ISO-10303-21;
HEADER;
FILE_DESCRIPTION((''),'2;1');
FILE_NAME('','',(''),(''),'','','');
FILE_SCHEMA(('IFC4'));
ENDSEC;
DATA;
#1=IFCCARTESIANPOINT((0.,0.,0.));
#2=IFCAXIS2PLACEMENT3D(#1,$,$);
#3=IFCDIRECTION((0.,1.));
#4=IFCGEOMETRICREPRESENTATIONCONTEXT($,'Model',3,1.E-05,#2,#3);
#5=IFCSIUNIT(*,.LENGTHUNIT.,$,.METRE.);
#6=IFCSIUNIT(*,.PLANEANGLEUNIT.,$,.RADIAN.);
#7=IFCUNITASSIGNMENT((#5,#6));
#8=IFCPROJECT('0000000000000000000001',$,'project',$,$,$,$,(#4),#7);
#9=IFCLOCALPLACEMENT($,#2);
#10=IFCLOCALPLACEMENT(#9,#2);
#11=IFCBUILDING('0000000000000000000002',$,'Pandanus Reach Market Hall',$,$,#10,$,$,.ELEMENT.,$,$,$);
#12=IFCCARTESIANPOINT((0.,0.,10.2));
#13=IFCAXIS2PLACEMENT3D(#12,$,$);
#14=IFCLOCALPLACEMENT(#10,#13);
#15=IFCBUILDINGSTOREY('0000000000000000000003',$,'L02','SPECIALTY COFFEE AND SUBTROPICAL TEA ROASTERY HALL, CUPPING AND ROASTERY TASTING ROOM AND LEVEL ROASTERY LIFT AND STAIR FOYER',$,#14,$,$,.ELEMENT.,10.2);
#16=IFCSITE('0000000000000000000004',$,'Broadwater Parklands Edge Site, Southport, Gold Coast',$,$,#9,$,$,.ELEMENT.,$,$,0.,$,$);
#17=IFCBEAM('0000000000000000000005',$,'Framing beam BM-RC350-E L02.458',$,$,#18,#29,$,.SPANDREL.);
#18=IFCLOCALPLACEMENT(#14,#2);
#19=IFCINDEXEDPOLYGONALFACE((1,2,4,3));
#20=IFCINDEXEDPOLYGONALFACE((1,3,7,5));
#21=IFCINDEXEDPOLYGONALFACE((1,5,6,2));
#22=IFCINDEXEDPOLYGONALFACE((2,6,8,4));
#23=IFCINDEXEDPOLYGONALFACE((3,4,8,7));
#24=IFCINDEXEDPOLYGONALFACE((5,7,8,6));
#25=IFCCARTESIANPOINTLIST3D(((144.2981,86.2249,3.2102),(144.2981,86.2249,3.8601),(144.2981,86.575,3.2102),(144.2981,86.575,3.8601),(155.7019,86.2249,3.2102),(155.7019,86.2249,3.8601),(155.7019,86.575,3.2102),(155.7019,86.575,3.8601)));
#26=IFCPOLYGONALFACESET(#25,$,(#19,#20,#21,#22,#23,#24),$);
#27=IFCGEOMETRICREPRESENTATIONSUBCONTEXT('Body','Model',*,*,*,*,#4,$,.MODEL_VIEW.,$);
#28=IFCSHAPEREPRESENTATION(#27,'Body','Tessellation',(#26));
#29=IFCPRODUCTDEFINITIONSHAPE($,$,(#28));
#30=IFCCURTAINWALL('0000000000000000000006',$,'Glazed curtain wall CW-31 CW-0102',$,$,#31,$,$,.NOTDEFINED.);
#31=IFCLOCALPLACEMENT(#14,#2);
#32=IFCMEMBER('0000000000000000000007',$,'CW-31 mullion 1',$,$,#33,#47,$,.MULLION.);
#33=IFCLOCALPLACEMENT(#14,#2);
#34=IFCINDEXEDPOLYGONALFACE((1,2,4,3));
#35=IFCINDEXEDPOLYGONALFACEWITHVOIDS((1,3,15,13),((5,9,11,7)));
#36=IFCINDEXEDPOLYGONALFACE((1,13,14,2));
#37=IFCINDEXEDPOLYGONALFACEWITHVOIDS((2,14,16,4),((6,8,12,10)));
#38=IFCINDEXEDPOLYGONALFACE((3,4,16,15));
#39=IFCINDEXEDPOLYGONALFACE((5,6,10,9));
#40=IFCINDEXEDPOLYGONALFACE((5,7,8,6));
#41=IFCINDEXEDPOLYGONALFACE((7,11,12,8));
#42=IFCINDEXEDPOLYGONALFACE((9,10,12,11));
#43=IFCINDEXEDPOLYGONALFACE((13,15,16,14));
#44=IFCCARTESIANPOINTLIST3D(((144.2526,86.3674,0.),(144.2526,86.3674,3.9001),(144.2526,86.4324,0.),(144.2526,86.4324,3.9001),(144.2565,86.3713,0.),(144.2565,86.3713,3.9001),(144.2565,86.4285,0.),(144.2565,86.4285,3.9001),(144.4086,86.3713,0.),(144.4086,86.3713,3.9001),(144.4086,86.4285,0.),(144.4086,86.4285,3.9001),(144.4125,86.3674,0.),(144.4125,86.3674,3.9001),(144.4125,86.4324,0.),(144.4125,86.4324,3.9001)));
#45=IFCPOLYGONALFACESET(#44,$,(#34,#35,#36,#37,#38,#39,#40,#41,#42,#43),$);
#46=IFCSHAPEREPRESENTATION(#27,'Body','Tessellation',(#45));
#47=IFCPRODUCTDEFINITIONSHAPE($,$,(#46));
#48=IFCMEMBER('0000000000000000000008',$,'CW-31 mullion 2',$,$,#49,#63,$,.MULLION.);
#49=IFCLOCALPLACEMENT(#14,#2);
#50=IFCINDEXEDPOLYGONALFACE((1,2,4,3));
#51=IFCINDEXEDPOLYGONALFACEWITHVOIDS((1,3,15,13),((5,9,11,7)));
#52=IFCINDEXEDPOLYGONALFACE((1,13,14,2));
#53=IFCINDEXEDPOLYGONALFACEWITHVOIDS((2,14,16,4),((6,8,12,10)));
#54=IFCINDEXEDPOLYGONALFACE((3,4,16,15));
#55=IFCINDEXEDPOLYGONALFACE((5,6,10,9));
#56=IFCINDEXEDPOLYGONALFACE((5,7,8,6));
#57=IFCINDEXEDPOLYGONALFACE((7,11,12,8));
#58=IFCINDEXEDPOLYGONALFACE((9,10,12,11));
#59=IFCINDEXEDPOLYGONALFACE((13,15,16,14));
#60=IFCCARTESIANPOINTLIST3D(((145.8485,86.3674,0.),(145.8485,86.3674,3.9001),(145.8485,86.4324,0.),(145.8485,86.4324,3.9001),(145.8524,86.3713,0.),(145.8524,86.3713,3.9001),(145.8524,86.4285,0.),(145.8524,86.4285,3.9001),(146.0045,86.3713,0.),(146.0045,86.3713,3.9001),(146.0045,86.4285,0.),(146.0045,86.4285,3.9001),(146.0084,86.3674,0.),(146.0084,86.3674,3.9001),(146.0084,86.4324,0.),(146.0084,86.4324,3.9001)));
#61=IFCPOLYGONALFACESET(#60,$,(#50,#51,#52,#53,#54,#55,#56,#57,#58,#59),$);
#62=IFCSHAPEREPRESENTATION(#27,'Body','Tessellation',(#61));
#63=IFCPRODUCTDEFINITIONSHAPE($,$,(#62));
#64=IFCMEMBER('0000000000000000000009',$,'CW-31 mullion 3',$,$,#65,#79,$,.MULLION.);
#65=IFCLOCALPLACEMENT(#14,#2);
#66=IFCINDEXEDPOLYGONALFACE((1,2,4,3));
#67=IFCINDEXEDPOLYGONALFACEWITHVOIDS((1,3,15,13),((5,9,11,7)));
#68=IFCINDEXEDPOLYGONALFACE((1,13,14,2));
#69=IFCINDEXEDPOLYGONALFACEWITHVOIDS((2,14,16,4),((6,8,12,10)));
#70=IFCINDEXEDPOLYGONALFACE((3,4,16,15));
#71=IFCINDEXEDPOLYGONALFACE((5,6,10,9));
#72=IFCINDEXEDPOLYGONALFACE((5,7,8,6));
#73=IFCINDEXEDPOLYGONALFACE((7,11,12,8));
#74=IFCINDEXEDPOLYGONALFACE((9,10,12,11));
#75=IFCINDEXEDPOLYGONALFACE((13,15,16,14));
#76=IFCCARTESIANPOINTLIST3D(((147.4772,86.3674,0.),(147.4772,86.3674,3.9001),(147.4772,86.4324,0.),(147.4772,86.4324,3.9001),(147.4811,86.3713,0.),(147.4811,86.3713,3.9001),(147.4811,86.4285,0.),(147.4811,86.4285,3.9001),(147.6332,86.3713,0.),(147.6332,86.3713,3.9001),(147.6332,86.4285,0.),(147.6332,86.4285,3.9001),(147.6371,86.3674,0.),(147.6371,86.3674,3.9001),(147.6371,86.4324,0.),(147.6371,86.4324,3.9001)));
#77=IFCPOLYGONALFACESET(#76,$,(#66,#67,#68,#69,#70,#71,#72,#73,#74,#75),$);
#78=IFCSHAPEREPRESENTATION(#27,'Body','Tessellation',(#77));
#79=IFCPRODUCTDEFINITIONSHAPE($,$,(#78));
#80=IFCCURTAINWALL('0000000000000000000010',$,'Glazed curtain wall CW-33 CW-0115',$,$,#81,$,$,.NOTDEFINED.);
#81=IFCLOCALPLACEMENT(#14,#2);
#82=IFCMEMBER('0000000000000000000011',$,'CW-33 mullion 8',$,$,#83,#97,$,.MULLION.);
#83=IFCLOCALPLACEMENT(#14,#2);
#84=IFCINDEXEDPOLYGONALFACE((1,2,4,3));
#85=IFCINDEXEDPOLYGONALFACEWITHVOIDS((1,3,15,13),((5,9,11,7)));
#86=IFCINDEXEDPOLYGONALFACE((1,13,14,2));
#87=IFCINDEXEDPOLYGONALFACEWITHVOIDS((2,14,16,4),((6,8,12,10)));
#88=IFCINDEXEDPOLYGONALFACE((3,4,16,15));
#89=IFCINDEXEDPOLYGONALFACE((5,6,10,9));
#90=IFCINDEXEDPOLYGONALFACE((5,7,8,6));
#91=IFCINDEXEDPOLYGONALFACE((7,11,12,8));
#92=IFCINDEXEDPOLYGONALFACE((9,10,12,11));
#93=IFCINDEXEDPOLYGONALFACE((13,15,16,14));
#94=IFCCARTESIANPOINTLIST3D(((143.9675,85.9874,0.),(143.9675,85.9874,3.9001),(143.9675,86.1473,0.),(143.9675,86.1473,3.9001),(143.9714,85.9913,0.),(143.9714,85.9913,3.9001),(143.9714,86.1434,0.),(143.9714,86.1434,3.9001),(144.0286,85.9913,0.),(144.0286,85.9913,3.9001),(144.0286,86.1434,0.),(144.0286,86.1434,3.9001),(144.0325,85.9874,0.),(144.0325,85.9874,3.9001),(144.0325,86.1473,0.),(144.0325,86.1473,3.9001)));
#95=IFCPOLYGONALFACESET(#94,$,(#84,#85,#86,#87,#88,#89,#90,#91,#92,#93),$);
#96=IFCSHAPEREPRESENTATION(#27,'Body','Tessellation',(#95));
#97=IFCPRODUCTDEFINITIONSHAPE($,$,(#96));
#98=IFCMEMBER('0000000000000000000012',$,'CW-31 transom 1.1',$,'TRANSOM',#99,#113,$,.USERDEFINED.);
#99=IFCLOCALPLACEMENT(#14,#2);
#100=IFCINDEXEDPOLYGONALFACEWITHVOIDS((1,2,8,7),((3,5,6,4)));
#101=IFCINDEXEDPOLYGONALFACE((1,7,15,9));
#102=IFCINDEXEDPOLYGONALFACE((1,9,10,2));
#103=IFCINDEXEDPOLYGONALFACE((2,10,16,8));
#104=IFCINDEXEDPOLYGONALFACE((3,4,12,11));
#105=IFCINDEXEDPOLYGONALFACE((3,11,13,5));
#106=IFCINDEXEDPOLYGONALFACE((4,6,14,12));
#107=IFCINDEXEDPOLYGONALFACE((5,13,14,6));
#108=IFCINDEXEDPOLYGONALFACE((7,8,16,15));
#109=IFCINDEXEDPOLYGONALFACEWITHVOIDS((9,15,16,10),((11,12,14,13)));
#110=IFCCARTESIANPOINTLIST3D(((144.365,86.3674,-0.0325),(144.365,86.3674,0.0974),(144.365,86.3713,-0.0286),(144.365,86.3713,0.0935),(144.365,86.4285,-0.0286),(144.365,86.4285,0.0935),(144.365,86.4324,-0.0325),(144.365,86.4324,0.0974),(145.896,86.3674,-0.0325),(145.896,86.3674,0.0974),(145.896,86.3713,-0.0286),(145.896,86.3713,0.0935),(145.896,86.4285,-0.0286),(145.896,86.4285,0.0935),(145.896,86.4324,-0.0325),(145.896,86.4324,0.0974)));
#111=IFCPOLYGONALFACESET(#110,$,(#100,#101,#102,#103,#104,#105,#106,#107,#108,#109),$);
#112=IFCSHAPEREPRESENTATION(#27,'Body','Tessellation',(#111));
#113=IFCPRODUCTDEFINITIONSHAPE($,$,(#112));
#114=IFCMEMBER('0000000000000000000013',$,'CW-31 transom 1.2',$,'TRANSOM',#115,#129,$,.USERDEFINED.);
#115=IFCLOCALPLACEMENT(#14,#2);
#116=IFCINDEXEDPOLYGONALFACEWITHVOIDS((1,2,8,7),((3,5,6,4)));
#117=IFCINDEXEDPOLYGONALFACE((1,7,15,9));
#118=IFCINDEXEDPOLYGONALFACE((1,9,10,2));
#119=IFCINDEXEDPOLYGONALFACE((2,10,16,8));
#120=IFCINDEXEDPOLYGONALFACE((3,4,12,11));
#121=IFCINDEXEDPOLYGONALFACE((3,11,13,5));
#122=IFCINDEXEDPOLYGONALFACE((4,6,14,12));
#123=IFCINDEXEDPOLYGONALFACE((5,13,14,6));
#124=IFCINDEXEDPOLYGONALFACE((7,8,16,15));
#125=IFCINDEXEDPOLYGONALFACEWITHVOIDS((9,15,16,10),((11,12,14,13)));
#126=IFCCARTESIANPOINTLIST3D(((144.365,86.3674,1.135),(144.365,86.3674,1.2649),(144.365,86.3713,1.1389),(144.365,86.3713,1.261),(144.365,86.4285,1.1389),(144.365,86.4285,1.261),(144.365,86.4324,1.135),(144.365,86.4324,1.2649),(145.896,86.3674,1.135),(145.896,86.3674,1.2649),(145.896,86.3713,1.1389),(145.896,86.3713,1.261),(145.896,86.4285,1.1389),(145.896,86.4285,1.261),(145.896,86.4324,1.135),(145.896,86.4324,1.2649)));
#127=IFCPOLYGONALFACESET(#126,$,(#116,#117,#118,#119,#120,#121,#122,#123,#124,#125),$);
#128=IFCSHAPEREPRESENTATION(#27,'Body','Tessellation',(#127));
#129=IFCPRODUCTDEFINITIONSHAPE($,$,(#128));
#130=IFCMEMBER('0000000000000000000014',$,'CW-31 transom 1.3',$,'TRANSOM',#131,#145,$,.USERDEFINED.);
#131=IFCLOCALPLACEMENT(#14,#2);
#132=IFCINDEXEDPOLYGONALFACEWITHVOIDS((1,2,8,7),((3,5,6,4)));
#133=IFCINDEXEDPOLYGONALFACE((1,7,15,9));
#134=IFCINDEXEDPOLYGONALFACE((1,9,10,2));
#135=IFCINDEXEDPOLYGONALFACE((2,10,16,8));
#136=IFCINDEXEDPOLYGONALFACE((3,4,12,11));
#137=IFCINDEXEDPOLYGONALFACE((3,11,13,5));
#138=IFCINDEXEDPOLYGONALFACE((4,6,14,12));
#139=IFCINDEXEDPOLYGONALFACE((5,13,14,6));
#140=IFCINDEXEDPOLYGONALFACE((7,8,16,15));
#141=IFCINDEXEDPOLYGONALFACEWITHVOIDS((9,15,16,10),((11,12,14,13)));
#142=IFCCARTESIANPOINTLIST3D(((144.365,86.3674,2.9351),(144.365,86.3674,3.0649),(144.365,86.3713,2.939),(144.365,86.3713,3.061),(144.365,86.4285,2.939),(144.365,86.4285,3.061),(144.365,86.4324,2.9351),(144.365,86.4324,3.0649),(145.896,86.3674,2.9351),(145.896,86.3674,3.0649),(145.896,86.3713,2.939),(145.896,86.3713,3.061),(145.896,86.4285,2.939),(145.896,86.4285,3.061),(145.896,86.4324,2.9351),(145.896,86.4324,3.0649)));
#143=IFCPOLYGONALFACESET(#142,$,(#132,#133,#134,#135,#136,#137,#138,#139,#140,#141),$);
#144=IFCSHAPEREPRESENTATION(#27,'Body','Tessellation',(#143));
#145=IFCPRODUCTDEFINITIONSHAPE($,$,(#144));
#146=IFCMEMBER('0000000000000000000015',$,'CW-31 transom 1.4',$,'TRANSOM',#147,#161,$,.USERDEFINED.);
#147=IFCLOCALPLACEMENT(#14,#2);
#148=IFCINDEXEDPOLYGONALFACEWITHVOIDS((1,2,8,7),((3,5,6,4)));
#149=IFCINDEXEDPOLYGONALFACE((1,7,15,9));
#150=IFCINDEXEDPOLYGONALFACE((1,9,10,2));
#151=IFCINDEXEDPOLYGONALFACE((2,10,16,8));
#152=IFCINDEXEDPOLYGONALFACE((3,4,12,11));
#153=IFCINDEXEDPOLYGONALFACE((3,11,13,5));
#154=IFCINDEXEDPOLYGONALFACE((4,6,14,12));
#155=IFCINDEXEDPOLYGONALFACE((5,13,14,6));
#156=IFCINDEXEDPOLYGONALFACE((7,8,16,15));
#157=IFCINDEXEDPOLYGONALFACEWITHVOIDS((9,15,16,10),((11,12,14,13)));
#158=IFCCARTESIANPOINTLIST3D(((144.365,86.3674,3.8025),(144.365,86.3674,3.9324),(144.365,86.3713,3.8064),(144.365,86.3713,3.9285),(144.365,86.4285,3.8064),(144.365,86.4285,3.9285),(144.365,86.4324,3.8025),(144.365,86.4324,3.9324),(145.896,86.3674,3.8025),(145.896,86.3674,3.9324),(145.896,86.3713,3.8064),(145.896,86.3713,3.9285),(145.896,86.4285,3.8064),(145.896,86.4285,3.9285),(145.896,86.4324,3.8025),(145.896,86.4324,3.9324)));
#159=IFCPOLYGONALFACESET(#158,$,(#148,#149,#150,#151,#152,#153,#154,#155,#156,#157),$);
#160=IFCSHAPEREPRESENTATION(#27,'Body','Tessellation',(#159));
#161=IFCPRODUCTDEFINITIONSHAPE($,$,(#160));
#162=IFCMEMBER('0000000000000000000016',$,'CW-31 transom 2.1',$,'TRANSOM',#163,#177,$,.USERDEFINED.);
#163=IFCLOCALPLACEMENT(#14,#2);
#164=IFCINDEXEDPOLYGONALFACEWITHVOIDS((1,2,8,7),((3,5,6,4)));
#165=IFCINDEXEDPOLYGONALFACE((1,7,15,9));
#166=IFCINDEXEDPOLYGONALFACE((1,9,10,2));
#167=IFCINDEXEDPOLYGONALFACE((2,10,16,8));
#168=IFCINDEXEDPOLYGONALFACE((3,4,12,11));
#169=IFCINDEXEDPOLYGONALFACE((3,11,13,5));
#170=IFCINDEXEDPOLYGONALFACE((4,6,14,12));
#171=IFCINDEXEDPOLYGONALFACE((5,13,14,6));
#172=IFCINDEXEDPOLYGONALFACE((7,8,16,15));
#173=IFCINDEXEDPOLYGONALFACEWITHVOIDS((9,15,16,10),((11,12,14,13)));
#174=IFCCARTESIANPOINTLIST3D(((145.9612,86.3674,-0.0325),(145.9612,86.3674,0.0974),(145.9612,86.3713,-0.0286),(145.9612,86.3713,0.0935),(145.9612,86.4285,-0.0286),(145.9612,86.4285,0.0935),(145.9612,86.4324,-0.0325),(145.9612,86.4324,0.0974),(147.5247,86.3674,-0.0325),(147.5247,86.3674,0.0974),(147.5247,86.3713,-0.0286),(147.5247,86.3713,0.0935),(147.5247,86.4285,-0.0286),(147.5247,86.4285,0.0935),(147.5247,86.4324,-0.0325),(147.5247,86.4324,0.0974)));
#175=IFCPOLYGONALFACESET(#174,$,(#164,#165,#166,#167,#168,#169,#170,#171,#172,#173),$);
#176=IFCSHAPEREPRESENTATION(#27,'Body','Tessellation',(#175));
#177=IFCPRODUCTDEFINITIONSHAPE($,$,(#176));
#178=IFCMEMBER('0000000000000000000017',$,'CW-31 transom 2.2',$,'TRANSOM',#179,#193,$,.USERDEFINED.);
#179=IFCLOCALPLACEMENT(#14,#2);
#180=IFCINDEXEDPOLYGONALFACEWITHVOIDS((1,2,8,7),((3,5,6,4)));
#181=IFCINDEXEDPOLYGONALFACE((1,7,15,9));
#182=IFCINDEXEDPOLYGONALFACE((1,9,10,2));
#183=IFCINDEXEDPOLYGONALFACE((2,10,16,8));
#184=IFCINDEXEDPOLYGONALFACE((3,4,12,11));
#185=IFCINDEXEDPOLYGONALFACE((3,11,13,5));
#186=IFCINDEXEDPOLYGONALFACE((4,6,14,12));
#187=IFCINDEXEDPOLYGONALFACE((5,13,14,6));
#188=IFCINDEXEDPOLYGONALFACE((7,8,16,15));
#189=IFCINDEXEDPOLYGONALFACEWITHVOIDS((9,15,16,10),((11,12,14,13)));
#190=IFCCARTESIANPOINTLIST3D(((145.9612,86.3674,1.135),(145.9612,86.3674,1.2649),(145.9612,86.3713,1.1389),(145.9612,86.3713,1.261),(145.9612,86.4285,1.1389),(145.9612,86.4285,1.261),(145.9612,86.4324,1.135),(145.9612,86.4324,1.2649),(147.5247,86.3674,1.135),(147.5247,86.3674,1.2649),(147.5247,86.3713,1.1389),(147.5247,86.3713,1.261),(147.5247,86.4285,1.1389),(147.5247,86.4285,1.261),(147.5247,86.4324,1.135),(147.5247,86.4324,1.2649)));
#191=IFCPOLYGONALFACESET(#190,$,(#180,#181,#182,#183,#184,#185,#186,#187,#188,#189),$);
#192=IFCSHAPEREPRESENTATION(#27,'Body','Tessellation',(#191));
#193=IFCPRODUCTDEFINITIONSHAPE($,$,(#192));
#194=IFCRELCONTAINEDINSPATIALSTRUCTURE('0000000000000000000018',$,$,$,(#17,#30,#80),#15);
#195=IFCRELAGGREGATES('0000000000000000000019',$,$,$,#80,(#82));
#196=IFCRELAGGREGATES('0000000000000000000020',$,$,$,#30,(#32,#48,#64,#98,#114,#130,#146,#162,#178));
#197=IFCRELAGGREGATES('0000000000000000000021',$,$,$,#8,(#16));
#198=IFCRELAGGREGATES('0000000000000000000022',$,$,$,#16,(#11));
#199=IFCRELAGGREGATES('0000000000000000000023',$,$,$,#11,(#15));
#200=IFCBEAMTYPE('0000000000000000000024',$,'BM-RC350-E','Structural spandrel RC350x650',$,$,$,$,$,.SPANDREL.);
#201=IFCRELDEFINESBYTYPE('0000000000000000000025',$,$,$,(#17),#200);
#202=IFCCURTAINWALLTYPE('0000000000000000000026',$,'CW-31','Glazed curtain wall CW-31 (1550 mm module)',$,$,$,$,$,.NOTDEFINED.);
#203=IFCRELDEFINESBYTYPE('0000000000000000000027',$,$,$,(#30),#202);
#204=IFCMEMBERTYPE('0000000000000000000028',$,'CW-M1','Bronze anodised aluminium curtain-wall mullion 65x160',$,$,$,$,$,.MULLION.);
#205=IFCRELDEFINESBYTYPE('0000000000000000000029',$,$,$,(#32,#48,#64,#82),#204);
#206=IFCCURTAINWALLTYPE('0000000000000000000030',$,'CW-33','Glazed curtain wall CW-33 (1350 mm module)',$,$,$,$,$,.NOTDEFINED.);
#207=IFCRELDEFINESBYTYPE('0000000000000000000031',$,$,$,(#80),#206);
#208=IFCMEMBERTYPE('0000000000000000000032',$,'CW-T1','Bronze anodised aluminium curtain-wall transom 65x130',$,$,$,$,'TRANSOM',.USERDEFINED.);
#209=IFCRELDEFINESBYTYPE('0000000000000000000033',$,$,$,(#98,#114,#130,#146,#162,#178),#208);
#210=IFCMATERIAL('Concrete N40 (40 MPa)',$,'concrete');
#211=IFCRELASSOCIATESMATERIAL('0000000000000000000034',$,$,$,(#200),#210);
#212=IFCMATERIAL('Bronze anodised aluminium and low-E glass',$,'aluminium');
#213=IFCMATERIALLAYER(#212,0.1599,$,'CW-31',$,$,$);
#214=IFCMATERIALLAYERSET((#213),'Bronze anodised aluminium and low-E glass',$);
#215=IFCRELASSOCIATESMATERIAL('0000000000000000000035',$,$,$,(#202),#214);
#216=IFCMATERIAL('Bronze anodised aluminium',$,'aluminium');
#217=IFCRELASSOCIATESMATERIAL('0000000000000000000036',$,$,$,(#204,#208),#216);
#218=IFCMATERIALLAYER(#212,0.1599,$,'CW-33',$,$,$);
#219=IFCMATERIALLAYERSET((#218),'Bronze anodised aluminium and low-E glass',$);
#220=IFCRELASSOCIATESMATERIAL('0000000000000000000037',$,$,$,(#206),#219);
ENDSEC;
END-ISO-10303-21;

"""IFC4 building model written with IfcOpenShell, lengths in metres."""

from ifc_helpers import new_model, si_unit, direction, frame, origin, origin_2d, place, context, subcontext, project, spatial, rectangle, hollow_rectangle, extrude, material, layer, layer_set, material_profile, profile_set, type_object, element, aggregate, save


model = new_model("IFC4")

# Units and contexts
model_context = context("Model", 3, precision=1e-05, world=origin(), true_north=direction((0.0, 1.0)))
body_context = subcontext(model_context, "Body", "Model", "MODEL_VIEW")
ifc_project = project(units=[si_unit("LENGTHUNIT", "METRE"), si_unit("PLANEANGLEUNIT", "RADIAN")], contexts=[model_context])

# Site, building, storey
site_placement = place(None, origin())
site = spatial("IfcSite", under=ifc_project, at=site_placement, Name="Broadwater Parklands Edge Site, Southport, Gold Coast", CompositionType="ELEMENT", RefElevation=0.0)
building_placement = place(site_placement, origin())
building = spatial("IfcBuilding", under=site, at=building_placement, Name="Pandanus Reach Market Hall", CompositionType="ELEMENT")
storey_placement = place(building_placement, frame((0.0, 0.0, 10.2)))
storey = spatial("IfcBuildingStorey", under=building, at=storey_placement, Name="L02", Description="SPECIALTY COFFEE AND SUBTROPICAL TEA ROASTERY HALL, CUPPING AND ROASTERY TASTING ROOM AND LEVEL ROASTERY LIFT AND STAIR FOYER", CompositionType="ELEMENT", Elevation=10.2)

# Beam
ifc_material_1 = material(Name="Concrete N40 (40 MPa)", Category="concrete")
ifc_material_profile_1 = material_profile(ifc_material_1, rectangle(XDim=0.3501, YDim=0.6499, at=origin_2d()), Name="RC350x650", Category="LoadBearing")
ifc_profile_set_1 = profile_set([ifc_material_profile_1], Name="Concrete N40 (40 MPa)")
beam_type = type_object("IfcBeamType", Name="BM-RC350-E", Description="Structural spandrel RC350x650", PredefinedType="SPANDREL", material=ifc_profile_set_1)
beam_placement = place(storey_placement, frame((144.2981, 86.3999, 3.5352), z_axis=(1.0, 0.0, 0.0), x_axis=(0.0, 1.0, 0.0)))
element("IfcBeam", 1, at=beam_placement, inside=storey, type_object=beam_type, Name="Framing beam BM-RC350-E L02.458", PredefinedType="SPANDREL", context=body_context, shape_type="SweptSolid", body=[
    extrude(rectangle(XDim=0.3501, YDim=0.6499, at=origin_2d()), origin(), (0.0, 0.0, 1.0), 11.4038),
])

# Curtain wall, members
ifc_material_2 = material(Name="Bronze anodised aluminium and low-E glass", Category="aluminium")
ifc_layer_1 = layer(ifc_material_2, 0.1599, Name="CW-31")
ifc_layer_set_1 = layer_set([ifc_layer_1], Name="Bronze anodised aluminium and low-E glass")
curtain_wall_type_1 = type_object("IfcCurtainWallType", Name="CW-31", Description="Glazed curtain wall CW-31 (1550 mm module)", PredefinedType="NOTDEFINED", material=ifc_layer_set_1)
curtain_wall_1_placement = place(storey_placement, origin())
curtain_wall_1 = element("IfcCurtainWall", 2, at=curtain_wall_1_placement, inside=storey, type_object=curtain_wall_type_1, Name="Glazed curtain wall CW-31 CW-0102", PredefinedType="NOTDEFINED")
ifc_material_3 = material(Name="Bronze anodised aluminium", Category="aluminium")
ifc_material_profile_2 = material_profile(ifc_material_3, hollow_rectangle(XDim=0.0649, YDim=0.1599, WallThickness=0.0039, at=origin_2d()), Name="ALU65x160", Category="LoadBearing")
ifc_profile_set_2 = profile_set([ifc_material_profile_2], Name="Bronze anodised aluminium")
member_type_1 = type_object("IfcMemberType", Name="CW-M1", Description="Bronze anodised aluminium curtain-wall mullion 65x160", PredefinedType="MULLION", material=ifc_profile_set_2)
member_1_placement = place(storey_placement, frame((144.3325, 86.3999, 0.0), z_axis=(0.0, 0.0, 1.0), x_axis=(0.0, 1.0, 0.0)))
member_1 = element("IfcMember", 3, at=member_1_placement, type_object=member_type_1, Name="CW-31 mullion 1", PredefinedType="MULLION", context=body_context, shape_type="SweptSolid", body=[
    extrude(hollow_rectangle(XDim=0.0649, YDim=0.1599, WallThickness=0.0039, at=origin_2d()), origin(), (0.0, 0.0, 1.0), 3.9001),
])
member_2_placement = place(storey_placement, frame((145.9285, 86.3999, 0.0), z_axis=(0.0, 0.0, 1.0), x_axis=(0.0, 1.0, 0.0)))
member_2 = element("IfcMember", 4, at=member_2_placement, type_object=member_type_1, Name="CW-31 mullion 2", PredefinedType="MULLION", context=body_context, shape_type="SweptSolid", body=[
    extrude(hollow_rectangle(XDim=0.0649, YDim=0.1599, WallThickness=0.0039, at=origin_2d()), origin(), (0.0, 0.0, 1.0), 3.9001),
])
member_3_placement = place(storey_placement, frame((147.5571, 86.3999, 0.0), z_axis=(0.0, 0.0, 1.0), x_axis=(0.0, 1.0, 0.0)))
member_3 = element("IfcMember", 5, at=member_3_placement, type_object=member_type_1, Name="CW-31 mullion 3", PredefinedType="MULLION", context=body_context, shape_type="SweptSolid", body=[
    extrude(hollow_rectangle(XDim=0.0649, YDim=0.1599, WallThickness=0.0039, at=origin_2d()), origin(), (0.0, 0.0, 1.0), 3.9001),
])

# Curtain wall, member
ifc_layer_2 = layer(ifc_material_2, 0.1599, Name="CW-33")
ifc_layer_set_2 = layer_set([ifc_layer_2], Name="Bronze anodised aluminium and low-E glass")
curtain_wall_type_2 = type_object("IfcCurtainWallType", Name="CW-33", Description="Glazed curtain wall CW-33 (1350 mm module)", PredefinedType="NOTDEFINED", material=ifc_layer_set_2)
curtain_wall_2_placement = place(storey_placement, origin())
curtain_wall_2 = element("IfcCurtainWall", 6, at=curtain_wall_2_placement, inside=storey, type_object=curtain_wall_type_2, Name="Glazed curtain wall CW-33 CW-0115", PredefinedType="NOTDEFINED")
member_4_placement = place(storey_placement, frame((144.0, 86.0674, 0.0), z_axis=(0.0, 0.0, 1.0), x_axis=(-1.0, 0.0, 0.0)))
member_4 = element("IfcMember", 7, at=member_4_placement, type_object=member_type_1, Name="CW-33 mullion 8", PredefinedType="MULLION", context=body_context, shape_type="SweptSolid", body=[
    extrude(hollow_rectangle(XDim=0.0649, YDim=0.1599, WallThickness=0.0039, at=origin_2d()), origin(), (0.0, 0.0, 1.0), 3.9001),
])
aggregate(curtain_wall_2, [member_4])

# Members
ifc_material_profile_3 = material_profile(ifc_material_3, hollow_rectangle(XDim=0.0649, YDim=0.1299, WallThickness=0.0039, at=origin_2d()), Name="ALU65x130", Category="LoadBearing")
ifc_profile_set_3 = profile_set([ifc_material_profile_3], Name="Bronze anodised aluminium")
member_type_2 = type_object("IfcMemberType", Name="CW-T1", Description="Bronze anodised aluminium curtain-wall transom 65x130", ElementType="TRANSOM", PredefinedType="USERDEFINED", material=ifc_profile_set_3)
member_5_placement = place(storey_placement, frame((144.365, 86.3999, 0.0325), z_axis=(1.0, 0.0, 0.0), x_axis=(0.0, 1.0, 0.0)))
member_5 = element("IfcMember", 8, at=member_5_placement, type_object=member_type_2, Name="CW-31 transom 1.1", ObjectType="TRANSOM", PredefinedType="USERDEFINED", context=body_context, shape_type="SweptSolid", body=[
    extrude(hollow_rectangle(XDim=0.0649, YDim=0.1299, WallThickness=0.0039, at=origin_2d()), origin(), (0.0, 0.0, 1.0), 1.531),
])
member_6_placement = place(storey_placement, frame((144.365, 86.3999, 1.2), z_axis=(1.0, 0.0, 0.0), x_axis=(0.0, 1.0, 0.0)))
member_6 = element("IfcMember", 9, at=member_6_placement, type_object=member_type_2, Name="CW-31 transom 1.2", ObjectType="TRANSOM", PredefinedType="USERDEFINED", context=body_context, shape_type="SweptSolid", body=[
    extrude(hollow_rectangle(XDim=0.0649, YDim=0.1299, WallThickness=0.0039, at=origin_2d()), origin(), (0.0, 0.0, 1.0), 1.531),
])
member_7_placement = place(storey_placement, frame((144.365, 86.3999, 3.0), z_axis=(1.0, 0.0, 0.0), x_axis=(0.0, 1.0, 0.0)))
member_7 = element("IfcMember", 10, at=member_7_placement, type_object=member_type_2, Name="CW-31 transom 1.3", ObjectType="TRANSOM", PredefinedType="USERDEFINED", context=body_context, shape_type="SweptSolid", body=[
    extrude(hollow_rectangle(XDim=0.0649, YDim=0.1299, WallThickness=0.0039, at=origin_2d()), origin(), (0.0, 0.0, 1.0), 1.531),
])
member_8_placement = place(storey_placement, frame((144.365, 86.3999, 3.8674), z_axis=(1.0, 0.0, 0.0), x_axis=(0.0, 1.0, 0.0)))
member_8 = element("IfcMember", 11, at=member_8_placement, type_object=member_type_2, Name="CW-31 transom 1.4", ObjectType="TRANSOM", PredefinedType="USERDEFINED", context=body_context, shape_type="SweptSolid", body=[
    extrude(hollow_rectangle(XDim=0.0649, YDim=0.1299, WallThickness=0.0039, at=origin_2d()), origin(), (0.0, 0.0, 1.0), 1.531),
])
member_9_placement = place(storey_placement, frame((145.9612, 86.3999, 0.0325), z_axis=(1.0, 0.0, 0.0), x_axis=(0.0, 1.0, 0.0)))
member_9 = element("IfcMember", 12, at=member_9_placement, type_object=member_type_2, Name="CW-31 transom 2.1", ObjectType="TRANSOM", PredefinedType="USERDEFINED", context=body_context, shape_type="SweptSolid", body=[
    extrude(hollow_rectangle(XDim=0.0649, YDim=0.1299, WallThickness=0.0039, at=origin_2d()), origin(), (0.0, 0.0, 1.0), 1.5635),
])
member_10_placement = place(storey_placement, frame((145.9612, 86.3999, 1.2), z_axis=(1.0, 0.0, 0.0), x_axis=(0.0, 1.0, 0.0)))
member_10 = element("IfcMember", 13, at=member_10_placement, type_object=member_type_2, Name="CW-31 transom 2.2", ObjectType="TRANSOM", PredefinedType="USERDEFINED", context=body_context, shape_type="SweptSolid", body=[
    extrude(hollow_rectangle(XDim=0.0649, YDim=0.1299, WallThickness=0.0039, at=origin_2d()), origin(), (0.0, 0.0, 1.0), 1.5635),
])

aggregate(curtain_wall_1, [member_1, member_2, member_3, member_5, member_6, member_7, member_8, member_9, member_10])

save(model, "model.ifc")
